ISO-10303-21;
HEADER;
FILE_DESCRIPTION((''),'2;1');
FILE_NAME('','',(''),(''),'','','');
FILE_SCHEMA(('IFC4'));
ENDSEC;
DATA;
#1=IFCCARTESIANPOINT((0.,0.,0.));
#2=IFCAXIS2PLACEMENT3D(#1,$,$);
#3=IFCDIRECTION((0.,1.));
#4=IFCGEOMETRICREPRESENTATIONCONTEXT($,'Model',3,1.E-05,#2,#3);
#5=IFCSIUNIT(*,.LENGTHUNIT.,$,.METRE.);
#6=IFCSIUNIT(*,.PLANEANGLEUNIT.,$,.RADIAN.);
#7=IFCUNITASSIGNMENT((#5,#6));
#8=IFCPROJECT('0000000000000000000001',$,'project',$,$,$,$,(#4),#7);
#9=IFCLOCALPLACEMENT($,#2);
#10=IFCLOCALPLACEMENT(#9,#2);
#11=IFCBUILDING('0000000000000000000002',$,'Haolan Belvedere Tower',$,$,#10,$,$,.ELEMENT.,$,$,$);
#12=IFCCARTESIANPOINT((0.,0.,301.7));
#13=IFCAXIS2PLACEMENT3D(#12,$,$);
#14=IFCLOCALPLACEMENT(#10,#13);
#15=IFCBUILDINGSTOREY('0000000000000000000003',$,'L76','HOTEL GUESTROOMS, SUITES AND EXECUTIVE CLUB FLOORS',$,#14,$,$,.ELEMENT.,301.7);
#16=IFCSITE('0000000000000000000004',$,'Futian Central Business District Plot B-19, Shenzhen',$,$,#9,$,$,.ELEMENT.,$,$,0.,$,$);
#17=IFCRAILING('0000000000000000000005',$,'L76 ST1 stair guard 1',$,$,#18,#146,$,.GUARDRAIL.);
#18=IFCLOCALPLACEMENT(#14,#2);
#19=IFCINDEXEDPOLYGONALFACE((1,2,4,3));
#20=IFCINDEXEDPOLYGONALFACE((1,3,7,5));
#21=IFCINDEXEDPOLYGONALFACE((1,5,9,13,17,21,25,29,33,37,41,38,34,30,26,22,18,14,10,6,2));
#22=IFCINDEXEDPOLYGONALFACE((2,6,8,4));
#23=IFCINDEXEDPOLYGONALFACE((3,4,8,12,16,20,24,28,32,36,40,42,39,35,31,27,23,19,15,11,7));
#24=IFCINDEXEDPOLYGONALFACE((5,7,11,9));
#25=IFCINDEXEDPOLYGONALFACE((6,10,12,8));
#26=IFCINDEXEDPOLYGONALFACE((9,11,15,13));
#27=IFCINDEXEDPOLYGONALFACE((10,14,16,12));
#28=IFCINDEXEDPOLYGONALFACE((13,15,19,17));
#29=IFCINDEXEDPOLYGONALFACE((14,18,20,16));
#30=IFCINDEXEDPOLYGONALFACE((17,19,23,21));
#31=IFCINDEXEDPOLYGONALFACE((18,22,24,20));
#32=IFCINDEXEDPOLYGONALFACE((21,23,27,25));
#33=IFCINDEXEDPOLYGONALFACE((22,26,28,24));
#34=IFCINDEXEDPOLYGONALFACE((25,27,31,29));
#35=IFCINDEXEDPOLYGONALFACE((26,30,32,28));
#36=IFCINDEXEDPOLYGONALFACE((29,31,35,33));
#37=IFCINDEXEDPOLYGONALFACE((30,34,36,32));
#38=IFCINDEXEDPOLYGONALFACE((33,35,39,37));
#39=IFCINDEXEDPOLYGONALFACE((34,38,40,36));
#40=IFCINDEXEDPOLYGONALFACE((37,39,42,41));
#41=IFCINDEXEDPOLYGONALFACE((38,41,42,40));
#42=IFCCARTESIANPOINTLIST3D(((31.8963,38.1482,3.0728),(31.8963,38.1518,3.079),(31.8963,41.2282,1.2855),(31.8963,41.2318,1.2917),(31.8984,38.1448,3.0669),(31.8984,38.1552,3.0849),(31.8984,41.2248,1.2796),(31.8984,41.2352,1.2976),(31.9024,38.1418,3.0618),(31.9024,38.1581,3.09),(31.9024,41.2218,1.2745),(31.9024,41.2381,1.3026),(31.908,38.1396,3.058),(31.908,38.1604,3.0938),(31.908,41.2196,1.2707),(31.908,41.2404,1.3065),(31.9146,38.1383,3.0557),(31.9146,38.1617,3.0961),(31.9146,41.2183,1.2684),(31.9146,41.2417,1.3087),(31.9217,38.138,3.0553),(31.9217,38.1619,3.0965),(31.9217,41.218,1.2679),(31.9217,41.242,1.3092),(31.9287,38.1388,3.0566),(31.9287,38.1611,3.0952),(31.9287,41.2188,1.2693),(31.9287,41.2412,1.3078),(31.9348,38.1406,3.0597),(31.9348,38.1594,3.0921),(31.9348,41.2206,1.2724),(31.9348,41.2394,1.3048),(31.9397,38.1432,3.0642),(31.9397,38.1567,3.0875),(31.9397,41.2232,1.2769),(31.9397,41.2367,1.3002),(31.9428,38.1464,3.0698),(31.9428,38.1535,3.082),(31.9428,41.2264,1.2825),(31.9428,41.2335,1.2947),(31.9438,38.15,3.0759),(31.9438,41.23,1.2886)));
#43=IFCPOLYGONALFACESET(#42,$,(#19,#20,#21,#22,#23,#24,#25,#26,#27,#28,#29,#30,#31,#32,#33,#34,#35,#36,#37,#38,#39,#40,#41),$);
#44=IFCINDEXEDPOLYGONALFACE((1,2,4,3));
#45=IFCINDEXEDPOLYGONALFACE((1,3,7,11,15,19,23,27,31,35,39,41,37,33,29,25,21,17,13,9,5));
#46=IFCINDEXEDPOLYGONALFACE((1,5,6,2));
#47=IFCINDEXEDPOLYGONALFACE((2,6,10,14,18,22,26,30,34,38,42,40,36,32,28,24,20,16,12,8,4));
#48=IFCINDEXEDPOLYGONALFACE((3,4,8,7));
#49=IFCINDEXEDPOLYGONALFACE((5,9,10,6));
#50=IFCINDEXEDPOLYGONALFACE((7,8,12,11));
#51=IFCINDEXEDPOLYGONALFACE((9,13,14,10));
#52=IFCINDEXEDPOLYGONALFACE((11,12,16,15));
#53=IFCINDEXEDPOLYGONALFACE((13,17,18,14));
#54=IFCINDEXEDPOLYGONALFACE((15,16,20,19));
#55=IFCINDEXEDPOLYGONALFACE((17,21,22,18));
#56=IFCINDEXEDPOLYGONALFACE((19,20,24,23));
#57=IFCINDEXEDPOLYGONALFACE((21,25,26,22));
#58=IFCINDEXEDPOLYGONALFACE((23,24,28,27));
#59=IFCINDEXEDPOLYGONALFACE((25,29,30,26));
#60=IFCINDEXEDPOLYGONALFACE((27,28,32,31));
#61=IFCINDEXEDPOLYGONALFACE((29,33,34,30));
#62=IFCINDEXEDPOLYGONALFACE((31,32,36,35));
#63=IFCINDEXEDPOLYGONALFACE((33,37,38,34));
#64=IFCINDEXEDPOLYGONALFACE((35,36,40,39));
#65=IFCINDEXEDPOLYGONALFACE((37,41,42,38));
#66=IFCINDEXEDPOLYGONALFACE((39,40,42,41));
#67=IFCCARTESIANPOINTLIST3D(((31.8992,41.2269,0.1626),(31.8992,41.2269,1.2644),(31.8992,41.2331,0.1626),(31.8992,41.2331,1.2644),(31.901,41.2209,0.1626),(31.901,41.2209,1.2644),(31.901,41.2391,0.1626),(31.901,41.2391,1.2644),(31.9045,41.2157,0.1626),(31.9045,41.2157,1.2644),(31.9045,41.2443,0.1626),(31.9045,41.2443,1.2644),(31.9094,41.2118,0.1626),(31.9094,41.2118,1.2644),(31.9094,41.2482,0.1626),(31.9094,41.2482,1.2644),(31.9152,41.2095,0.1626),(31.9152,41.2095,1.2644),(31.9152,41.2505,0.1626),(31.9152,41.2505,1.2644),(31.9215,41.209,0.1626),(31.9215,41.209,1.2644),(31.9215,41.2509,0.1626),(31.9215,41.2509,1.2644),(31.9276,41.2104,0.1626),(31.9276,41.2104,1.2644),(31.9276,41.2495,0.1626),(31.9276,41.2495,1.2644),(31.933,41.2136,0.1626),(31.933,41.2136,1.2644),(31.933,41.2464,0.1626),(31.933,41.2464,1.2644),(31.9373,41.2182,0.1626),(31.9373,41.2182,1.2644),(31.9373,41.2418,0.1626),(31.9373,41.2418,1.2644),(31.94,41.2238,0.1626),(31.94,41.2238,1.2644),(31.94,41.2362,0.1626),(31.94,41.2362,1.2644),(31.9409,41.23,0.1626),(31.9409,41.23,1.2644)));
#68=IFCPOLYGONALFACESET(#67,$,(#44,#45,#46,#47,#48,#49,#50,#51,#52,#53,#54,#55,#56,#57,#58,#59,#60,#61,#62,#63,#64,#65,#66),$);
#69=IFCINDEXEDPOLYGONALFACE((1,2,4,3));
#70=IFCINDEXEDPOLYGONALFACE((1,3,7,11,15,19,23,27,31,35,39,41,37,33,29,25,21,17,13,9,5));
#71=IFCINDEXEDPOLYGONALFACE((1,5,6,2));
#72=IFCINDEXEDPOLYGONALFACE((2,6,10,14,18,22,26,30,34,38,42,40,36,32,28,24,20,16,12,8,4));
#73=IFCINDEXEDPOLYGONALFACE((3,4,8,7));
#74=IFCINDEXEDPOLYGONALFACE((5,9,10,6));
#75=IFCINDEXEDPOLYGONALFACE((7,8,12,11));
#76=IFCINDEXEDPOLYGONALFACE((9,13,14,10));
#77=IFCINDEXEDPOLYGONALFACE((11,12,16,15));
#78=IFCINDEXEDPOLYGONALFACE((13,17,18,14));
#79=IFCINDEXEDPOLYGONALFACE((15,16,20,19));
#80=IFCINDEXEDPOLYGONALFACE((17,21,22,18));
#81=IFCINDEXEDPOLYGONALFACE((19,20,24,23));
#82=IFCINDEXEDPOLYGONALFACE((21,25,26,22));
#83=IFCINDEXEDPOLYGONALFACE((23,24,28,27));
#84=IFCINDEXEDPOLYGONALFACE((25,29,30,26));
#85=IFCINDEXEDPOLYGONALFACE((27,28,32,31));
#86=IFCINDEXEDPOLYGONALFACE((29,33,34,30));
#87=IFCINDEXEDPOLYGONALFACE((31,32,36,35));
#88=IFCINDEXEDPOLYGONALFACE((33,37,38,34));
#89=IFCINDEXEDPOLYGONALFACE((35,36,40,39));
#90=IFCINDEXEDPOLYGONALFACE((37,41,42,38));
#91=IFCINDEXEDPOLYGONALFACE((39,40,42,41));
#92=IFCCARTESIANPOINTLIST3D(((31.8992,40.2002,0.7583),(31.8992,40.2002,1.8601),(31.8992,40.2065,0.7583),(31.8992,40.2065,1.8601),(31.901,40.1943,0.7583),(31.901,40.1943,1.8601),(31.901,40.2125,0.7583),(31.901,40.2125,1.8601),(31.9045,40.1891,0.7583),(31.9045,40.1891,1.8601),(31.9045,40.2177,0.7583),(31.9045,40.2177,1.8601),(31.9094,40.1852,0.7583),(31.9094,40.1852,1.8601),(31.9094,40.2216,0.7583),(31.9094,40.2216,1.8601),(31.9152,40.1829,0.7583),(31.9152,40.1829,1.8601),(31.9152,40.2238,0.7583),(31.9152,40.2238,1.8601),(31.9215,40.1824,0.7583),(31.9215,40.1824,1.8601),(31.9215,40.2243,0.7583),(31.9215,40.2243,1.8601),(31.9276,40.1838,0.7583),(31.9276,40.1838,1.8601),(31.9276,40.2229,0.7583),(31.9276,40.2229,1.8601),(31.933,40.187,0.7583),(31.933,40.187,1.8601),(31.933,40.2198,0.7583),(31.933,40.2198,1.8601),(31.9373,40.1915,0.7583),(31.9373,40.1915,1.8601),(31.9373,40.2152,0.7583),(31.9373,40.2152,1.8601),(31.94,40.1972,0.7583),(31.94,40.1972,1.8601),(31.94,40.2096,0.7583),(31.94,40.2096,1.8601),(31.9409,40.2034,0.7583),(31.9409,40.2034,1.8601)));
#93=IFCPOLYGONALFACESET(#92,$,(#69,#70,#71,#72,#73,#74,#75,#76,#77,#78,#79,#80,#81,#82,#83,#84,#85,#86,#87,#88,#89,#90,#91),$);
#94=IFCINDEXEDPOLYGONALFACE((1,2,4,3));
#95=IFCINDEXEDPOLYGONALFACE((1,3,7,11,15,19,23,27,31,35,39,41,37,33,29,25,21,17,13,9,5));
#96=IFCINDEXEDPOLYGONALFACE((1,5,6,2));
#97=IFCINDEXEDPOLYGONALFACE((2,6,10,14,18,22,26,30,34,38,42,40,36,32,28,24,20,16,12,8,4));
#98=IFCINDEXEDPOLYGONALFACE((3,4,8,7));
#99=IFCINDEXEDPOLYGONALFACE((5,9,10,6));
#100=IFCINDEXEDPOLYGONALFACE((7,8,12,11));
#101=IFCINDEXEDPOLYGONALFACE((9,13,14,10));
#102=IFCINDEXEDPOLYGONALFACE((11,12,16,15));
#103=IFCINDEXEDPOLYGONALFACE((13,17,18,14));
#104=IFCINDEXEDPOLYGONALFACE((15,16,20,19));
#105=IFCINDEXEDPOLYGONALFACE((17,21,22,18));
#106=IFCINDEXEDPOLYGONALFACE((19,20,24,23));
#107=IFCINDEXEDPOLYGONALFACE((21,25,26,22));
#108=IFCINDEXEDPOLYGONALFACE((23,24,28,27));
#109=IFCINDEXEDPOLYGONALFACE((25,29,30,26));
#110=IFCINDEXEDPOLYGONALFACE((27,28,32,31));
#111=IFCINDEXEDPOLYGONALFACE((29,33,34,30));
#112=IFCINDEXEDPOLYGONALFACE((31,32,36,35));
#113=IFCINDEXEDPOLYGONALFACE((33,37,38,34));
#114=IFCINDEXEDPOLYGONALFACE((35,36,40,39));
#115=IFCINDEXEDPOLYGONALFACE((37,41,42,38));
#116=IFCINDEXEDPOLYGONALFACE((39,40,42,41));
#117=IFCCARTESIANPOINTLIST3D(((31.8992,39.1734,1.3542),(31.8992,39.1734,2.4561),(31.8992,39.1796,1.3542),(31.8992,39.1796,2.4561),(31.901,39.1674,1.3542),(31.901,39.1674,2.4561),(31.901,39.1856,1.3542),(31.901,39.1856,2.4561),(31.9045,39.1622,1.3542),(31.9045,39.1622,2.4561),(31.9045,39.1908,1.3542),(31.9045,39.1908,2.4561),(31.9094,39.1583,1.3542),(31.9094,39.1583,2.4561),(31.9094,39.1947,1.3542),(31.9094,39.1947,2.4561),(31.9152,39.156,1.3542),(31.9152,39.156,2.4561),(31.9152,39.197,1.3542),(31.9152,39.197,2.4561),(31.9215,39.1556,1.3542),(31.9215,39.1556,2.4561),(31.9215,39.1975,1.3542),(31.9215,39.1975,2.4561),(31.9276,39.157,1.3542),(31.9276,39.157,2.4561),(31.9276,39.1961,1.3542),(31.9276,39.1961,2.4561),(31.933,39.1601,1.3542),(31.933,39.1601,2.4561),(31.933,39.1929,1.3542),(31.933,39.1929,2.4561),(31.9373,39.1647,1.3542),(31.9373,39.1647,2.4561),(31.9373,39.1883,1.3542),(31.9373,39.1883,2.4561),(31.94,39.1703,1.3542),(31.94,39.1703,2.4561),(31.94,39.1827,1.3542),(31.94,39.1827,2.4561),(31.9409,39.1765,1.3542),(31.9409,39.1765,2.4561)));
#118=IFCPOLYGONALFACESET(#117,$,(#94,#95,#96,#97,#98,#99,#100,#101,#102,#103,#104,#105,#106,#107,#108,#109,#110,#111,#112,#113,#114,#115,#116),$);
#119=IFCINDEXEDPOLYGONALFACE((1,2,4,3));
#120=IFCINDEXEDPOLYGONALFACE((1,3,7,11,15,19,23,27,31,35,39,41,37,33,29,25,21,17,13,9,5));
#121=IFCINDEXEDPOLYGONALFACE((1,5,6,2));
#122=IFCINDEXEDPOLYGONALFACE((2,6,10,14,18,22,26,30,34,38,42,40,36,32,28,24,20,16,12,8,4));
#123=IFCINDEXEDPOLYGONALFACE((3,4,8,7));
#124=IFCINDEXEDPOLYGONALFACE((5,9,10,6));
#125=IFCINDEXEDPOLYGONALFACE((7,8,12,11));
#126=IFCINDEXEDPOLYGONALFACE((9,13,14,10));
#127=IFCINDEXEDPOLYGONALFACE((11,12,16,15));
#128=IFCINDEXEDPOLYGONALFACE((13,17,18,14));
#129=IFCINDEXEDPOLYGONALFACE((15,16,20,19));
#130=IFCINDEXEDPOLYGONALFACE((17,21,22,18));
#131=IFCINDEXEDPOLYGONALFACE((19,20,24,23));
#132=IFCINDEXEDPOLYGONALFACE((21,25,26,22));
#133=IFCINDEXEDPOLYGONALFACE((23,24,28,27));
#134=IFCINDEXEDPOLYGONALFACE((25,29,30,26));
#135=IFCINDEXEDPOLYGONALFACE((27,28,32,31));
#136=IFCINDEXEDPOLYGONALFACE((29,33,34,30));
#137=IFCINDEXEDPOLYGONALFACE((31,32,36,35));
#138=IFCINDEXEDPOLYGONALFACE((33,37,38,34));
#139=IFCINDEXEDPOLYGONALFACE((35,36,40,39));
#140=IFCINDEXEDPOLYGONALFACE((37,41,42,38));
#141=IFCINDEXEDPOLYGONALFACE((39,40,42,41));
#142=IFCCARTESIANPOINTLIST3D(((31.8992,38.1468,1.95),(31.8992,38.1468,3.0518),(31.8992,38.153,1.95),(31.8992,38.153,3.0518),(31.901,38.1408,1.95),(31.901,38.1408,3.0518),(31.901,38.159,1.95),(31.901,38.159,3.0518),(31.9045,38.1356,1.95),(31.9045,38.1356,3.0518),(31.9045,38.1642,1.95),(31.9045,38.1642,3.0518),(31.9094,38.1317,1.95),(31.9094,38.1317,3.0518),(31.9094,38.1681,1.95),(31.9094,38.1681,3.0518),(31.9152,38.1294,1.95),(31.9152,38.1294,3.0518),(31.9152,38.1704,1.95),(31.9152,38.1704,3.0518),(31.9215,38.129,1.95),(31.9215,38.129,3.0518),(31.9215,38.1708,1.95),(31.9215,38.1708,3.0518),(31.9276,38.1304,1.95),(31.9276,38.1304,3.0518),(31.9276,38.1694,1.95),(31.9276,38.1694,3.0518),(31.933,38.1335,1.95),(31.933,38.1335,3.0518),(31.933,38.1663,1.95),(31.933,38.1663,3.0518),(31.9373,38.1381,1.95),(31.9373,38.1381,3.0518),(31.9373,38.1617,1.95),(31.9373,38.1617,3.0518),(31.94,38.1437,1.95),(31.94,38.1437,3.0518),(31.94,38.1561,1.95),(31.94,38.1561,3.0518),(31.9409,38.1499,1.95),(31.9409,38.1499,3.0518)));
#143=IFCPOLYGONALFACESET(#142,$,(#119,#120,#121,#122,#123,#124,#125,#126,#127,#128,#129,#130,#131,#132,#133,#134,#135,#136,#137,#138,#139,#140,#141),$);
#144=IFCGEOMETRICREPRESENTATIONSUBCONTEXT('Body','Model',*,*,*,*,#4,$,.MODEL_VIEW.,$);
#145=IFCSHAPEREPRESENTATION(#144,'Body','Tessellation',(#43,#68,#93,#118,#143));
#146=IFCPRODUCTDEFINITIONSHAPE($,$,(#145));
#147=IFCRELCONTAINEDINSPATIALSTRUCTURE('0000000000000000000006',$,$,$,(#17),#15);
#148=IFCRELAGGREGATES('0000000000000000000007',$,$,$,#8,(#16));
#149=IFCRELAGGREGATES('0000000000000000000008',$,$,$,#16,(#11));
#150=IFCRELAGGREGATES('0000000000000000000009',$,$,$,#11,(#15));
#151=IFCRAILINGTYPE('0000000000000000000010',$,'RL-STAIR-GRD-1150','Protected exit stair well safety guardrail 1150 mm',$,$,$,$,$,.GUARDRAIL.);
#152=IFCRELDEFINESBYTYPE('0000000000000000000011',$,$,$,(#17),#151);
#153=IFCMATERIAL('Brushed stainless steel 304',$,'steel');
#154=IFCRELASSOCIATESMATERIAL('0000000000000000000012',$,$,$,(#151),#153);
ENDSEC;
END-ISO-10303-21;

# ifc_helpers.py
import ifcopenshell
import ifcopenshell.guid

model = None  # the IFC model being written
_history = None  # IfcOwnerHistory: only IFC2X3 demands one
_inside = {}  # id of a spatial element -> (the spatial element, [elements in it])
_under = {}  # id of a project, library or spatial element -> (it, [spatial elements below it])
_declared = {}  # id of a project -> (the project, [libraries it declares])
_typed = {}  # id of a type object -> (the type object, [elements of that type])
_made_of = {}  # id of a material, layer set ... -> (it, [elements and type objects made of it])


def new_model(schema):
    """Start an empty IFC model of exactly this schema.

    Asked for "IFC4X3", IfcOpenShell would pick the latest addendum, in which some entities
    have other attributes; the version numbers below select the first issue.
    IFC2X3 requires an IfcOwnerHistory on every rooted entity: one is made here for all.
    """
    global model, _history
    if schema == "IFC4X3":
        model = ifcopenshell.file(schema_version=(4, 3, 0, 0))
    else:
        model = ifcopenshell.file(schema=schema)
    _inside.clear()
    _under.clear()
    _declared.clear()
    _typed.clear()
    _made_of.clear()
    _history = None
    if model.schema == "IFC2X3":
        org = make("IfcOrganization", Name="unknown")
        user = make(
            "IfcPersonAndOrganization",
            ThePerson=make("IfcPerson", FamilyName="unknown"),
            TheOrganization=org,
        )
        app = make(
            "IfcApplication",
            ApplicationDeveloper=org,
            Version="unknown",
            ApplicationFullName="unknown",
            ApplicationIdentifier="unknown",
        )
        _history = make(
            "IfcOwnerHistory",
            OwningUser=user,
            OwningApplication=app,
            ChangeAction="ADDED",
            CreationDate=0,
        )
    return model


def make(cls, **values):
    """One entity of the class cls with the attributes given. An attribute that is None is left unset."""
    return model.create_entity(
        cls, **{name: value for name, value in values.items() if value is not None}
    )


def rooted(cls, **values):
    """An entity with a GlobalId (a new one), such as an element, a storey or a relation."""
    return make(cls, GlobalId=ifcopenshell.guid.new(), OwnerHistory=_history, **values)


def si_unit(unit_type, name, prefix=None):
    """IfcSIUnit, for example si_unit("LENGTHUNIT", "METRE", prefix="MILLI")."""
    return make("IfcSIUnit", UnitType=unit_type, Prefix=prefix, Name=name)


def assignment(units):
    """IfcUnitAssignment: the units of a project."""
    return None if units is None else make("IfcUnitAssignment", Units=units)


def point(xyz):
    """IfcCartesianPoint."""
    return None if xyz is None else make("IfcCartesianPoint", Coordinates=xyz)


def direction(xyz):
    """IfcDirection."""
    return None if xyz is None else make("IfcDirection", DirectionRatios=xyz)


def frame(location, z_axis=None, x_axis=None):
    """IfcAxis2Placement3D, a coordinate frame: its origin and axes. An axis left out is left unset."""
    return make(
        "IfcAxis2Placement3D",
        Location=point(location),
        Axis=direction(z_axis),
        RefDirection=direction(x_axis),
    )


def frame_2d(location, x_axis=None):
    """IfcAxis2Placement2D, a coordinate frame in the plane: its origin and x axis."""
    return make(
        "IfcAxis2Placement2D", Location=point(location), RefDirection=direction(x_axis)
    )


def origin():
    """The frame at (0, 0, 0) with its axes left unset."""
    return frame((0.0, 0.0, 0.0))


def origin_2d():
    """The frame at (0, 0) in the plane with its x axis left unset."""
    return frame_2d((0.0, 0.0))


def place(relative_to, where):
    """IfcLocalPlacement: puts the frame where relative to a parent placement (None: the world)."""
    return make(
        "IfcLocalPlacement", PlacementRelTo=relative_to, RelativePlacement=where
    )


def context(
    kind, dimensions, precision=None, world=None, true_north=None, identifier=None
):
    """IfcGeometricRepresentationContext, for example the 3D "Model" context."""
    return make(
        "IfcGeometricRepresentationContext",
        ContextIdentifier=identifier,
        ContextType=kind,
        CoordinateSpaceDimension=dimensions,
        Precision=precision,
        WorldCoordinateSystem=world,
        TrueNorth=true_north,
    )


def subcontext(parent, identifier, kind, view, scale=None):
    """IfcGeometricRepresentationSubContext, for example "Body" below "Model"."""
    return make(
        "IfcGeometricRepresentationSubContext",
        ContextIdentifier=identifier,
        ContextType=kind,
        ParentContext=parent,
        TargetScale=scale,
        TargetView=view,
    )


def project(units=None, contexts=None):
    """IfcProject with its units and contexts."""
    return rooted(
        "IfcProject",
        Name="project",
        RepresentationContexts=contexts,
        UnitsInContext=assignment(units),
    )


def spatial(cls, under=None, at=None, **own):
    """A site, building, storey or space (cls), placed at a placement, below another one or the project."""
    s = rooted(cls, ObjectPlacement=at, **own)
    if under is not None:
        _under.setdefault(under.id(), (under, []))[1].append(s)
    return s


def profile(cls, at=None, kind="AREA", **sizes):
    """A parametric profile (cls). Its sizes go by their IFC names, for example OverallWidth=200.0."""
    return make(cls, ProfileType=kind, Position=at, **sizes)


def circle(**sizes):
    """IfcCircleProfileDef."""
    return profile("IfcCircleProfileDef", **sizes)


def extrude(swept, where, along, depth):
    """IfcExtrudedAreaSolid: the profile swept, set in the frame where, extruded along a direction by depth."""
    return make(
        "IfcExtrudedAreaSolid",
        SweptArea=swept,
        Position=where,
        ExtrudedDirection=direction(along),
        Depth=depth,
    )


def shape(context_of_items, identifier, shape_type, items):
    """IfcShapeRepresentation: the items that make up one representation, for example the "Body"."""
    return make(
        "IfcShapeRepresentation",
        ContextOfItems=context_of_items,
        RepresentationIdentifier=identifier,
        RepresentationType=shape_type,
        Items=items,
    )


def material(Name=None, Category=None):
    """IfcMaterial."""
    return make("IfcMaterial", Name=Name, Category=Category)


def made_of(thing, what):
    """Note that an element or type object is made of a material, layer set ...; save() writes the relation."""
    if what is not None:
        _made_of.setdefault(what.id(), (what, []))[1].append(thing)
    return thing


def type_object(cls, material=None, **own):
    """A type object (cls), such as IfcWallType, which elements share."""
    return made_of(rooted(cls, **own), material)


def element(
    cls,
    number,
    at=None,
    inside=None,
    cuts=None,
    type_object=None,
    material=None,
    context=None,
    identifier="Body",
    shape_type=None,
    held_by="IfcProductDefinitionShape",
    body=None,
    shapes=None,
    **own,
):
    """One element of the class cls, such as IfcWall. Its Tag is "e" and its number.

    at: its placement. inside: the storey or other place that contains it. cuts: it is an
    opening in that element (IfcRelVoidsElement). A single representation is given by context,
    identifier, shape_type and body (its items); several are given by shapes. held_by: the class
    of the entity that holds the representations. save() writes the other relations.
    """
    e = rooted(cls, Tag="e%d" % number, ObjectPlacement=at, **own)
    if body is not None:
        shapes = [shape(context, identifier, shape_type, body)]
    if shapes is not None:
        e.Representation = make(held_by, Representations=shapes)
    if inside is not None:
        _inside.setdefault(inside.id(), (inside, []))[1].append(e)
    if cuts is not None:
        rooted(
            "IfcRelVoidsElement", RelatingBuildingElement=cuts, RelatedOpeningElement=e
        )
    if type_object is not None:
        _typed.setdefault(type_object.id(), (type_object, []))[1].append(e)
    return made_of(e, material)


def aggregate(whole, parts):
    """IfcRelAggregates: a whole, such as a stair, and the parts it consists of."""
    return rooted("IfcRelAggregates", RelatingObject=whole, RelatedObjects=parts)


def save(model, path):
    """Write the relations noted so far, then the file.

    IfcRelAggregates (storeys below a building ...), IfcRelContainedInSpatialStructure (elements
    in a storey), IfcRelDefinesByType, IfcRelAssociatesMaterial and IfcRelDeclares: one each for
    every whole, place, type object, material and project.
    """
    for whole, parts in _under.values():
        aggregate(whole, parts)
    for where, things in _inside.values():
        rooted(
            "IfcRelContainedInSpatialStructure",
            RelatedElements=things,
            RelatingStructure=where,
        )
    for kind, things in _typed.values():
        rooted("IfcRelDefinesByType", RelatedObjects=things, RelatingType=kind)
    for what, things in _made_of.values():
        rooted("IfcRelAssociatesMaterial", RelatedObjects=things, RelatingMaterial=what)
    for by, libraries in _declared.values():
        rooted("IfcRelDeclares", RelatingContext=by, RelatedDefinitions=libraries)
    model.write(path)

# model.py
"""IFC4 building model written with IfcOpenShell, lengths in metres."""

from ifc_helpers import new_model, si_unit, direction, frame, origin, origin_2d, place, context, subcontext, project, spatial, circle, extrude, material, type_object, element, save


model = new_model("IFC4")

# Units and contexts
model_context = context("Model", 3, precision=1e-05, world=origin(), true_north=direction((0.0, 1.0)))
body_context = subcontext(model_context, "Body", "Model", "MODEL_VIEW")
ifc_project = project(units=[si_unit("LENGTHUNIT", "METRE"), si_unit("PLANEANGLEUNIT", "RADIAN")], contexts=[model_context])

# Site, building, storey
site_placement = place(None, origin())
site = spatial("IfcSite", under=ifc_project, at=site_placement, Name="Futian Central Business District Plot B-19, Shenzhen", CompositionType="ELEMENT", RefElevation=0.0)
building_placement = place(site_placement, origin())
building = spatial("IfcBuilding", under=site, at=building_placement, Name="Haolan Belvedere Tower", CompositionType="ELEMENT")
storey_placement = place(building_placement, frame((0.0, 0.0, 301.7)))
storey = spatial("IfcBuildingStorey", under=building, at=storey_placement, Name="L76", Description="HOTEL GUESTROOMS, SUITES AND EXECUTIVE CLUB FLOORS", CompositionType="ELEMENT", Elevation=301.7)

# Railing
ifc_material_1 = material(Name="Brushed stainless steel 304", Category="steel")
railing_type_1 = type_object("IfcRailingType", Name="RL-STAIR-GRD-1150", Description="Protected exit stair well safety guardrail 1150 mm", PredefinedType="GUARDRAIL", material=ifc_material_1)
railing_1_placement = place(storey_placement, frame((31.9199, 41.23, 0.1626)))
element("IfcRailing", 1, at=railing_1_placement, inside=storey, type_object=railing_type_1, Name="L76 ST1 stair guard 1", PredefinedType="GUARDRAIL", context=body_context, shape_type="SweptSolid", body=[
    extrude(circle(Radius=0.0239, at=origin_2d()), frame((0.0, 0.0, 1.126), z_axis=(0.0, -0.86492, 0.501909), x_axis=(1.0, 0.0, 0.0)), (0.0, 0.0, 1.0), 3.561),
    extrude(circle(Radius=0.021, at=origin_2d()), origin(), (0.0, 0.0, 1.0), 1.1018),
    extrude(circle(Radius=0.021, at=origin_2d()), frame((0.0, -1.0266, 0.5957)), (0.0, 0.0, 1.0), 1.1018),
    extrude(circle(Radius=0.021, at=origin_2d()), frame((0.0, -2.0535, 1.1917)), (0.0, 0.0, 1.0), 1.1018),
    extrude(circle(Radius=0.021, at=origin_2d()), frame((0.0, -3.0801, 1.7874)), (0.0, 0.0, 1.0), 1.1018),
])

save(model, "model.ifc")
